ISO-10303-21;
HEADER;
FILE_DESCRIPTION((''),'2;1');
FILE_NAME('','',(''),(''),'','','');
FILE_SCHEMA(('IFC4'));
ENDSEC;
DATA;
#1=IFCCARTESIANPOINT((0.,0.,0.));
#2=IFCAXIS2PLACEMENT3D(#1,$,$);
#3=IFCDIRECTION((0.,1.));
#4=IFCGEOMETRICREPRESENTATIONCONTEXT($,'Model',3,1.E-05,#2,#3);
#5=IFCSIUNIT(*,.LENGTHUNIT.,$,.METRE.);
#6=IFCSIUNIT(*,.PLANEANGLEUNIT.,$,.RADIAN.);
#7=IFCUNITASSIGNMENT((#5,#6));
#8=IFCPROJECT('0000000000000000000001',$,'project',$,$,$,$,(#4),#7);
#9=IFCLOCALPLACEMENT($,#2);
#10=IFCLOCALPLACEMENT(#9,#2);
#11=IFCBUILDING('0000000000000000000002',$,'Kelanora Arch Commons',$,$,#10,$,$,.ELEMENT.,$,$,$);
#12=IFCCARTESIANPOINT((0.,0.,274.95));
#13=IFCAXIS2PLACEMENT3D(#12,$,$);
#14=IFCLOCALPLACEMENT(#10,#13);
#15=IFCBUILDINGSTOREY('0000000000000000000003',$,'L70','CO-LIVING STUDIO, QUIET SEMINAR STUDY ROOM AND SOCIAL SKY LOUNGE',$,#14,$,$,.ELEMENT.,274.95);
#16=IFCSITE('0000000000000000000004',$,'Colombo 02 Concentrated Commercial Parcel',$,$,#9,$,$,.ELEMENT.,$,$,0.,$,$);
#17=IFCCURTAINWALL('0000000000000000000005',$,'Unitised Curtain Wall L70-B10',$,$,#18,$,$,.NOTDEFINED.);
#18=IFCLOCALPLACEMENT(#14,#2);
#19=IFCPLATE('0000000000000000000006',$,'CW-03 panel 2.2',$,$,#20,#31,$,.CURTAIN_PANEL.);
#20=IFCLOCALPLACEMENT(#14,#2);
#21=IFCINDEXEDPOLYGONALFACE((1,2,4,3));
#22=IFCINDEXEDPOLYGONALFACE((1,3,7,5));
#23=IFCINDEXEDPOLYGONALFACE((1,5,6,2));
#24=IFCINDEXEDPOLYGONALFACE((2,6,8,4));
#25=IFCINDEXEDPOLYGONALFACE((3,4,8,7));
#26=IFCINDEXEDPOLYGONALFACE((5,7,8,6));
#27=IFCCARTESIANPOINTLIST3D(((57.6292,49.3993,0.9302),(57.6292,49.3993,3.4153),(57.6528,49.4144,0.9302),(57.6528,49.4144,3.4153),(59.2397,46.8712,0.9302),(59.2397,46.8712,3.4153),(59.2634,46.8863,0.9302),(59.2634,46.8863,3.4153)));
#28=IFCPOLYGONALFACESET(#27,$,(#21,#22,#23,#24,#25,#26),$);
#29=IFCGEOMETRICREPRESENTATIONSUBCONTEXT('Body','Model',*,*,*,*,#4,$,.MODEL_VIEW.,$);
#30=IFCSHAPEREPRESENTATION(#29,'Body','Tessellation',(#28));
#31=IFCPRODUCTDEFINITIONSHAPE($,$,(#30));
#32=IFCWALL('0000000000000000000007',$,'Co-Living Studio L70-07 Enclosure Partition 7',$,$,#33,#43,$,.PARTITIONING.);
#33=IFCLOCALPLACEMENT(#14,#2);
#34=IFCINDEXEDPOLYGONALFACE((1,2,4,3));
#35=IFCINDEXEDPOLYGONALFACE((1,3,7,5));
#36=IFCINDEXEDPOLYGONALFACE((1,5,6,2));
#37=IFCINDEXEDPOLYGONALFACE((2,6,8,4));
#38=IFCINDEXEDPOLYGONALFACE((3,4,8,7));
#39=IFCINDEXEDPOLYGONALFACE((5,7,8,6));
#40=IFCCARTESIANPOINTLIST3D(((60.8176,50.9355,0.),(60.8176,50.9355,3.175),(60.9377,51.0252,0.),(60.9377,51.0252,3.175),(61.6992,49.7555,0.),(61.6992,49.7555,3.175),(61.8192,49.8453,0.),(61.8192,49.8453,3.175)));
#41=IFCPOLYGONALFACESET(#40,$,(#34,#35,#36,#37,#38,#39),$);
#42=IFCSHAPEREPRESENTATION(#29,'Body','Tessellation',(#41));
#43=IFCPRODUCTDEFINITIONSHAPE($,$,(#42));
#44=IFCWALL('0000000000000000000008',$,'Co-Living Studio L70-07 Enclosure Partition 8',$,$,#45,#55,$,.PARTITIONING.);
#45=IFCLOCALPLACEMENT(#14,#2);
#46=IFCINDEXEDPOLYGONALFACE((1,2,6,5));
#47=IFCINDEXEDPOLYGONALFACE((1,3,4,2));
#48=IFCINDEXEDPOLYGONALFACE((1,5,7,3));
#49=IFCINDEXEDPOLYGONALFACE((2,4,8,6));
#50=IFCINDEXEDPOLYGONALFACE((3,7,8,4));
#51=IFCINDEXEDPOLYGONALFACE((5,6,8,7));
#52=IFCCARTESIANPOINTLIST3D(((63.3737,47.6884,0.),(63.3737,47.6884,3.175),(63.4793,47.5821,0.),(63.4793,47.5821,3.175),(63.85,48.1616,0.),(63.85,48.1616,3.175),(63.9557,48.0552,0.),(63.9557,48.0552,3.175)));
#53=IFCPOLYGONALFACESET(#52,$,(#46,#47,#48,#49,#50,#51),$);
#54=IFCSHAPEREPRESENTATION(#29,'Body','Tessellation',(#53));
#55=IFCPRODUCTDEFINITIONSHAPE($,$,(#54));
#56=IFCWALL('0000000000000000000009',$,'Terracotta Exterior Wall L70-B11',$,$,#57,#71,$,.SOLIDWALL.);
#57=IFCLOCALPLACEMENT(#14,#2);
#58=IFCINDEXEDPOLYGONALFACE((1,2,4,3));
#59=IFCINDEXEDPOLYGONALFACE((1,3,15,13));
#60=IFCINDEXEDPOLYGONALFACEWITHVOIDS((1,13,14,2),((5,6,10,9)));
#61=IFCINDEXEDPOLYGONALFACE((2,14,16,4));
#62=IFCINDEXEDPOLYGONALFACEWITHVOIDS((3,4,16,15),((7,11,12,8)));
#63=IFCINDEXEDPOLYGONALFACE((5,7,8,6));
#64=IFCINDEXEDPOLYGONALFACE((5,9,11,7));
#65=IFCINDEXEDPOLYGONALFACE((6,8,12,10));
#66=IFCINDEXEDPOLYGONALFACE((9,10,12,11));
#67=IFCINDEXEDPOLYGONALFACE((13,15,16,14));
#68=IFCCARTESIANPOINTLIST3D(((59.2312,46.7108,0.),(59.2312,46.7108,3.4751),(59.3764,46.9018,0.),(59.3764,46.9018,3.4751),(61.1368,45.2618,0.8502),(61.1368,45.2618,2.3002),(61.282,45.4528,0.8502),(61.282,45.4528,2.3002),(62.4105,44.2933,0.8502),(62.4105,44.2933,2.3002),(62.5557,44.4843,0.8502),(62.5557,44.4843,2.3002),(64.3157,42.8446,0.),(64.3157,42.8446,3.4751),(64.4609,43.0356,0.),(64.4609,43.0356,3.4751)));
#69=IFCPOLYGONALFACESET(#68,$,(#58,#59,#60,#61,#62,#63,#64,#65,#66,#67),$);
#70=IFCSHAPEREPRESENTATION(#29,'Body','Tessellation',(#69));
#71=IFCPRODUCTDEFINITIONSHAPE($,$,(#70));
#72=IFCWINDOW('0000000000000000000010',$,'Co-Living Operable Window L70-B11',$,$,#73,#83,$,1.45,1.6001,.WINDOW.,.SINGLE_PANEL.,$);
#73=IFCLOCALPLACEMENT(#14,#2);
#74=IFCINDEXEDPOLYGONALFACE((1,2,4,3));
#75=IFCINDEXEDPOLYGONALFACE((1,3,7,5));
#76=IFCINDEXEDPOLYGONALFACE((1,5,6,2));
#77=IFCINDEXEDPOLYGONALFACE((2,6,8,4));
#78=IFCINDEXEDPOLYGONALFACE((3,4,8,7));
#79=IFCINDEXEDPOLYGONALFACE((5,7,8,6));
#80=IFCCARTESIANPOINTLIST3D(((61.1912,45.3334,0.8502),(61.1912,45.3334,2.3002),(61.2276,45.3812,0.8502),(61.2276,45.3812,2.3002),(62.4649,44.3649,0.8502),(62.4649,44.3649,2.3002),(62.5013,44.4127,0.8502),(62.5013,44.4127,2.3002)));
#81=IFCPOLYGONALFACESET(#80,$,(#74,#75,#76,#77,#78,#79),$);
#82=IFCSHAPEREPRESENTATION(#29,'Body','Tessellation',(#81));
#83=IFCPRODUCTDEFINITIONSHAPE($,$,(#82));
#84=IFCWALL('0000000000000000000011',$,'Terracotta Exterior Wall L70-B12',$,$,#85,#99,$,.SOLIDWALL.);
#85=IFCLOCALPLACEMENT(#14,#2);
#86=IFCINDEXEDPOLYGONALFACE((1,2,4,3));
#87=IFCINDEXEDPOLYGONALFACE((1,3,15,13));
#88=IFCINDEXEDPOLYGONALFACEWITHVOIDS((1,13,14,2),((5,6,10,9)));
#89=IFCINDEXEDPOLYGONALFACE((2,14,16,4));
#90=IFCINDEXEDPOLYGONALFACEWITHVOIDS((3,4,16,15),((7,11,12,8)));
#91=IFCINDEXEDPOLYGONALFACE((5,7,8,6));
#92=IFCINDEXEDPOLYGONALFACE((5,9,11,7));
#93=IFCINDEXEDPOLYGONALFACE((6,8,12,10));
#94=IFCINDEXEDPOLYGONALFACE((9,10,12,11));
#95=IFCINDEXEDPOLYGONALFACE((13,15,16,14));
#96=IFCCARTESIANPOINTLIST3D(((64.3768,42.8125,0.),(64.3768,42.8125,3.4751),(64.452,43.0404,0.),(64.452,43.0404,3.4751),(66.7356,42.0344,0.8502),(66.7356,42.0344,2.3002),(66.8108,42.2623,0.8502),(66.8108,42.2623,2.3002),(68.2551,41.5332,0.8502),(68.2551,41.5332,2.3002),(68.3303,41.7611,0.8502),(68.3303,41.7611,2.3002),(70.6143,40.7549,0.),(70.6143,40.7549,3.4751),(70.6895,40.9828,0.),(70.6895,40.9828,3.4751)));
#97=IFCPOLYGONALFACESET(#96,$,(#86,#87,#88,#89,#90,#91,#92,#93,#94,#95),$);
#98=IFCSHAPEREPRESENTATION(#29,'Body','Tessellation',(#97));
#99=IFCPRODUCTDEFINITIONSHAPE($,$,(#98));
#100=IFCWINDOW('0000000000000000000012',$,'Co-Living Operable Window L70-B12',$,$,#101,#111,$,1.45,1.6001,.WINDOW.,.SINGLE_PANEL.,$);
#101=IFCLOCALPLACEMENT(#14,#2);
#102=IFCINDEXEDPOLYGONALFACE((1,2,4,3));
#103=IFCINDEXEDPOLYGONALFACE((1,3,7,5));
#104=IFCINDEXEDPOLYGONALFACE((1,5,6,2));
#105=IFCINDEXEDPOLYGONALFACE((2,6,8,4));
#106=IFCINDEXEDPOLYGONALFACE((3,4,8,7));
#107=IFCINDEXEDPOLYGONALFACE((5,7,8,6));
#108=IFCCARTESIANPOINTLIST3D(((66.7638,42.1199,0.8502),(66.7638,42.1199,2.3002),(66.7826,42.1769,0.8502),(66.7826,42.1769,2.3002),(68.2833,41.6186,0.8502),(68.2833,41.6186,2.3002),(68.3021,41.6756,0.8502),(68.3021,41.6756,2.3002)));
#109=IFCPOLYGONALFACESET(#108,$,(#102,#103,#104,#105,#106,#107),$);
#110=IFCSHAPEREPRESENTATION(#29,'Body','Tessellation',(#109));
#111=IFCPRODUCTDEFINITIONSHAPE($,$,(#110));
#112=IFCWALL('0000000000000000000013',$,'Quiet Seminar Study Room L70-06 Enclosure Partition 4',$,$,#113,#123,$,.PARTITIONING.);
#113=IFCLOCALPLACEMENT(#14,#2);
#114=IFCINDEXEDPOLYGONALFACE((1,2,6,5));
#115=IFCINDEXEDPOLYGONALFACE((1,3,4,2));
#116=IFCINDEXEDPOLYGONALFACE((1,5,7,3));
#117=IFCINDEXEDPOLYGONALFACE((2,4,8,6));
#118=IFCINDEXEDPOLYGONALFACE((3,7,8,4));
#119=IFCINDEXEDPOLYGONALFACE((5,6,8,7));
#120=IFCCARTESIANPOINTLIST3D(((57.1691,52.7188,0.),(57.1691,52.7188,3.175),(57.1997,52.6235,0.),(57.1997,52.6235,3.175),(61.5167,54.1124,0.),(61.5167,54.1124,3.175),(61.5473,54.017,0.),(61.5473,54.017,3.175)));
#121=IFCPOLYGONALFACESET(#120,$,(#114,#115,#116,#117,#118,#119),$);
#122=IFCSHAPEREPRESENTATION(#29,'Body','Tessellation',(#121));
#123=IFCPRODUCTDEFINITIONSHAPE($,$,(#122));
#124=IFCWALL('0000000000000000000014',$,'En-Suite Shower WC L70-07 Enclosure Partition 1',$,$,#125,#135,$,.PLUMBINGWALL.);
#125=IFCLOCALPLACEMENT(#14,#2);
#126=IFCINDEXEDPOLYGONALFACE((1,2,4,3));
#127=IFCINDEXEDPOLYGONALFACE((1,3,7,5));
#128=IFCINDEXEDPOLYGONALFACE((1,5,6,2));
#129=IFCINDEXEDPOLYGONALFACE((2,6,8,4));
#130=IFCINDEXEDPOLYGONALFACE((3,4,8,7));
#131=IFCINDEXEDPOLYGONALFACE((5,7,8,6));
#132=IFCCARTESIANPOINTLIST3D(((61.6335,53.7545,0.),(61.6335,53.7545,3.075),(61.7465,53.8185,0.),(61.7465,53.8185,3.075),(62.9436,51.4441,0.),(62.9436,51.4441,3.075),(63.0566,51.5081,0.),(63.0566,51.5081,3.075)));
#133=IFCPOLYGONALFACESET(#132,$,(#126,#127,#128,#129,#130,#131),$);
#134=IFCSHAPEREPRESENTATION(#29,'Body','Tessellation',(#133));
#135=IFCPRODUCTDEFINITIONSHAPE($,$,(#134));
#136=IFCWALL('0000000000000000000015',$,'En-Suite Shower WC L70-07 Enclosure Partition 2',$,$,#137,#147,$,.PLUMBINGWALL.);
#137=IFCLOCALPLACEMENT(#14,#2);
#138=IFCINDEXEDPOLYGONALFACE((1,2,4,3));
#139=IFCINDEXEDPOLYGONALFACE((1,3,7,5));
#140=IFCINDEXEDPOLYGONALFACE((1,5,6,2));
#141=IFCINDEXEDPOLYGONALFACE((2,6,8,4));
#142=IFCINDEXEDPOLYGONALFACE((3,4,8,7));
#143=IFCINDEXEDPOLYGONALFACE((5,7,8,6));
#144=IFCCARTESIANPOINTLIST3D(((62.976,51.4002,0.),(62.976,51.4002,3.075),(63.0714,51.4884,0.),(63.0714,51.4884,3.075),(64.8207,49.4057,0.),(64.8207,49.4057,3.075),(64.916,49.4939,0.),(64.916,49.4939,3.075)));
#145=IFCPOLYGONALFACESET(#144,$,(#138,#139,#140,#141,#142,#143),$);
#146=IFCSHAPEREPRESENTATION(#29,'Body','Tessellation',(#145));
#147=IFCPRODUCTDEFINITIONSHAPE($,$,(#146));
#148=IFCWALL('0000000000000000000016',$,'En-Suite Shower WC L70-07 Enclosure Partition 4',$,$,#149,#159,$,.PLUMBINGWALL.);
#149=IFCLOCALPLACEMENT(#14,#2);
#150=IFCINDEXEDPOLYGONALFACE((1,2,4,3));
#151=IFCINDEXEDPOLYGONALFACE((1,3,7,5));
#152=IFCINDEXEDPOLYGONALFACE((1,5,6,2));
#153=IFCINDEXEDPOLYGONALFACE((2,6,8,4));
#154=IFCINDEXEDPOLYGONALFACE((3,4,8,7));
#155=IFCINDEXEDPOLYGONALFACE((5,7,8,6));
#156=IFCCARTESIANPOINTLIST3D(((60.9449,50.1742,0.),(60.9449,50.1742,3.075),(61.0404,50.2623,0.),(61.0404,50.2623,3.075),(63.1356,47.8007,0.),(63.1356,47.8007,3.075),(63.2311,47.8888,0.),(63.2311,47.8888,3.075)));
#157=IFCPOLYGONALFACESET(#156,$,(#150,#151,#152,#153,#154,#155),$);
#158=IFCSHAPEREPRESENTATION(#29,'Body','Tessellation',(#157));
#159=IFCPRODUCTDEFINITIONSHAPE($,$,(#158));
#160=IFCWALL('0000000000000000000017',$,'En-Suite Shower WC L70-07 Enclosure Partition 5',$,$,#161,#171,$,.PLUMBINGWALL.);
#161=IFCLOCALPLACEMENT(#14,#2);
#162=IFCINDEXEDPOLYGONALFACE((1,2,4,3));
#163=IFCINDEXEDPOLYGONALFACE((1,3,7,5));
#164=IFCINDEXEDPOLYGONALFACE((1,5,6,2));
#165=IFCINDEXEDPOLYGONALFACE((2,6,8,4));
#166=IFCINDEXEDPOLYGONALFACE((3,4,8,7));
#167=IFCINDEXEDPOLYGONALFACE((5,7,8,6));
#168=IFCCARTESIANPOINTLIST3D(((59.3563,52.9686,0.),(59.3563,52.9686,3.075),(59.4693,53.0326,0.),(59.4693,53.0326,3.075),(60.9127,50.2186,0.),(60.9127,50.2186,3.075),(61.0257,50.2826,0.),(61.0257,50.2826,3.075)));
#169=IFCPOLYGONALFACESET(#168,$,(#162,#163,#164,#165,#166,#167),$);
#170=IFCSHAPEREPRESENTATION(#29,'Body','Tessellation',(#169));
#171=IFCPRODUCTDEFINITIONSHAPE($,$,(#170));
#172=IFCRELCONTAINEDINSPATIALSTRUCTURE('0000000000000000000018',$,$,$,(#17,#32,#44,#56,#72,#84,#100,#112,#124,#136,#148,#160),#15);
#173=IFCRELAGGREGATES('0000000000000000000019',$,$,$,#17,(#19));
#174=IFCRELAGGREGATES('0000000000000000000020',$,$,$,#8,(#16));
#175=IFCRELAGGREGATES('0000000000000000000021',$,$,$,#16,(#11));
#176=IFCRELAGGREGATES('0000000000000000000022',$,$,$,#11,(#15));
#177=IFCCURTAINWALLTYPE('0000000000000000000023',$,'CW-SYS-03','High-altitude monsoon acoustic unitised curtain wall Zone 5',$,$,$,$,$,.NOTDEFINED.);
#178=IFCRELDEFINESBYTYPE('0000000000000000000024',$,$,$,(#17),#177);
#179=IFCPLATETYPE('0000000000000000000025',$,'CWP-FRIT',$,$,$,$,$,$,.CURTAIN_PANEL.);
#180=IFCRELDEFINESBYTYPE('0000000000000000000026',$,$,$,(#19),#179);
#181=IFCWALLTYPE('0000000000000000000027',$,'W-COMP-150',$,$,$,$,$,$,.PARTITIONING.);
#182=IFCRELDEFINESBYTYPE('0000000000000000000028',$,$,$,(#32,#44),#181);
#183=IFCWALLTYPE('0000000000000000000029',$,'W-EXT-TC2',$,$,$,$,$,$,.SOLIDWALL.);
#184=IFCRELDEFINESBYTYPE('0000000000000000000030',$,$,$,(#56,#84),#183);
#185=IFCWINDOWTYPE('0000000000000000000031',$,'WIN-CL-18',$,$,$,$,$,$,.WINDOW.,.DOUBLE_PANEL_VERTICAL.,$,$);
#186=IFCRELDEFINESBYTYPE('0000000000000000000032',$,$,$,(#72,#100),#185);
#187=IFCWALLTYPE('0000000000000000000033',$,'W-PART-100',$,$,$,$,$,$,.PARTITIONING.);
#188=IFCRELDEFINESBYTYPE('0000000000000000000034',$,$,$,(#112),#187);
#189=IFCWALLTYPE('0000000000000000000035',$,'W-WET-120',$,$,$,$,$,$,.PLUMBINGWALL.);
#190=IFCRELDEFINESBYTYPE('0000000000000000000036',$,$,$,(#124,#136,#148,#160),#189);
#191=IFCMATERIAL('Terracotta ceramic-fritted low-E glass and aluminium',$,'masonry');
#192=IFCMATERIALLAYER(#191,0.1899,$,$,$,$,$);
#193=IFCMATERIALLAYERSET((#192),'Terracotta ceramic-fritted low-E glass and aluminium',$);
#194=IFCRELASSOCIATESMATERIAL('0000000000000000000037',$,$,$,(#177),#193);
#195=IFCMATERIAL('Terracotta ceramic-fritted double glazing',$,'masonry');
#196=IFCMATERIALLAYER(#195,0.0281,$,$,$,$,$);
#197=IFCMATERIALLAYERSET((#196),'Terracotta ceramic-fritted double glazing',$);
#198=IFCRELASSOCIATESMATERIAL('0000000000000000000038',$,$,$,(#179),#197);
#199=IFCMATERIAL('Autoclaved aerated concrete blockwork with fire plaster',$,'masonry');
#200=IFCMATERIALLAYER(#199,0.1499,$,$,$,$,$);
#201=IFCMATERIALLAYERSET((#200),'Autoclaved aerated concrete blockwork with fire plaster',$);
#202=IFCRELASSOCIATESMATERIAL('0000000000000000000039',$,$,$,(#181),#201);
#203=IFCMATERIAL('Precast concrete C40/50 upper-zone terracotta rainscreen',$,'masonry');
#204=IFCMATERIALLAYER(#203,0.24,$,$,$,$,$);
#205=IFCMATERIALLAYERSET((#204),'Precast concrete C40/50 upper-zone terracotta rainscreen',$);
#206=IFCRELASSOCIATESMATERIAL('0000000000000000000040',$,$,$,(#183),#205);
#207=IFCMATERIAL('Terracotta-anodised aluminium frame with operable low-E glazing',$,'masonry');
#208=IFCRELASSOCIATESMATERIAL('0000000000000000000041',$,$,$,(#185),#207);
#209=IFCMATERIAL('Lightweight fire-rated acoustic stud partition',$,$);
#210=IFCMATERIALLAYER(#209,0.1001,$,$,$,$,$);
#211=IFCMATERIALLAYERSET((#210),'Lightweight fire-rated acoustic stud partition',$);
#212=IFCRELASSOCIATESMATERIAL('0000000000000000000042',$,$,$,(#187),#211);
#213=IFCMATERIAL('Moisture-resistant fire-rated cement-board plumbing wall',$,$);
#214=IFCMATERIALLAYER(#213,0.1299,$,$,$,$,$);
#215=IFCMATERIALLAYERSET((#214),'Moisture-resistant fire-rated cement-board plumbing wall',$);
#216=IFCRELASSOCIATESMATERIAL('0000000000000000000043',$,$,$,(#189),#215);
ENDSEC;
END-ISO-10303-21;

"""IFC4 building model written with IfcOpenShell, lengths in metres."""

from ifc_helpers import new_model, si_unit, direction, frame, frame_2d, origin, origin_2d, place, context, subcontext, project, spatial, rectangle, extrude, source, transform, mapped, material, layer, layer_set, type_object, element, fill, aggregate, save


model = new_model("IFC4")

# Units and contexts
model_context = context("Model", 3, precision=1e-05, world=origin(), true_north=direction((0.0, 1.0)))
body_context = subcontext(model_context, "Body", "Model", "MODEL_VIEW")
ifc_project = project(units=[si_unit("LENGTHUNIT", "METRE"), si_unit("PLANEANGLEUNIT", "RADIAN")], contexts=[model_context])

# Site, building, storey
site_placement = place(None, origin())
site = spatial("IfcSite", under=ifc_project, at=site_placement, Name="Colombo 02 Concentrated Commercial Parcel", CompositionType="ELEMENT", RefElevation=0.0)
building_placement = place(site_placement, origin())
building = spatial("IfcBuilding", under=site, at=building_placement, Name="Kelanora Arch Commons", CompositionType="ELEMENT")
storey_placement = place(building_placement, frame((0.0, 0.0, 274.95)))
storey = spatial("IfcBuildingStorey", under=building, at=storey_placement, Name="L70", Description="CO-LIVING STUDIO, QUIET SEMINAR STUDY ROOM AND SOCIAL SKY LOUNGE", CompositionType="ELEMENT", Elevation=274.95)

# Curtain wall, plate
ifc_material_1 = material(Name="Terracotta ceramic-fritted low-E glass and aluminium", Category="masonry")
ifc_layer_1 = layer(ifc_material_1, 0.1899)
ifc_layer_set_1 = layer_set([ifc_layer_1], Name="Terracotta ceramic-fritted low-E glass and aluminium")
curtain_wall_type = type_object("IfcCurtainWallType", Name="CW-SYS-03", Description="High-altitude monsoon acoustic unitised curtain wall Zone 5", PredefinedType="NOTDEFINED", material=ifc_layer_set_1)
curtain_wall_placement = place(storey_placement, origin())
curtain_wall = element("IfcCurtainWall", 1, at=curtain_wall_placement, inside=storey, type_object=curtain_wall_type, Name="Unitised Curtain Wall L70-B10", PredefinedType="NOTDEFINED")
ifc_material_2 = material(Name="Terracotta ceramic-fritted double glazing", Category="masonry")
ifc_layer_2 = layer(ifc_material_2, 0.0281)
ifc_layer_set_2 = layer_set([ifc_layer_2], Name="Terracotta ceramic-fritted double glazing")
plate_type = type_object("IfcPlateType", Name="CWP-FRIT", PredefinedType="CURTAIN_PANEL", material=ifc_layer_set_2)
shared_shape_1 = source(origin(), body_context, "Body", "SweptSolid", [
    extrude(rectangle(XDim=2.9976, YDim=0.0281, at=origin_2d()), origin(), (0.0, 0.0, 1.0), 2.4851),
])
plate_1_placement = place(storey_placement, frame((58.4463, 48.1428, 0.9302), z_axis=(0.0, 0.0, 1.0), x_axis=(0.5373, -0.843391, 0.0)))
plate_1 = element("IfcPlate", 2, at=plate_1_placement, type_object=plate_type, Name="CW-03 panel 2.2", PredefinedType="CURTAIN_PANEL", context=body_context, shape_type="MappedRepresentation", body=[
    mapped(shared_shape_1, transform((0.0, 0.0, 0.0), scale=1.0)),
])
aggregate(curtain_wall, [plate_1])

# Walls
ifc_material_3 = material(Name="Autoclaved aerated concrete blockwork with fire plaster", Category="masonry")
ifc_layer_3 = layer(ifc_material_3, 0.1499)
ifc_layer_set_3 = layer_set([ifc_layer_3], Name="Autoclaved aerated concrete blockwork with fire plaster")
wall_type_1 = type_object("IfcWallType", Name="W-COMP-150", PredefinedType="PARTITIONING", material=ifc_layer_set_3)
wall_1_placement = place(storey_placement, frame((60.8777, 50.9802, 0.0), z_axis=(0.0, 0.0, 1.0), x_axis=(0.59854, -0.801093, 0.0)))
element("IfcWall", 3, at=wall_1_placement, inside=storey, type_object=wall_type_1, Name="Co-Living Studio L70-07 Enclosure Partition 7", PredefinedType="PARTITIONING", context=body_context, shape_type="SweptSolid", body=[
    extrude(rectangle(XDim=1.4729, YDim=0.1499, at=frame_2d((0.7363, 0.0))), origin(), (0.0, 0.0, 1.0), 3.175),
])
wall_2_placement = place(storey_placement, frame((63.4265, 47.6353, 0.0), z_axis=(0.0, 0.0, 1.0), x_axis=(0.709467, 0.704739, 0.0)))
element("IfcWall", 4, at=wall_2_placement, inside=storey, type_object=wall_type_1, Name="Co-Living Studio L70-07 Enclosure Partition 8", PredefinedType="PARTITIONING", context=body_context, shape_type="SweptSolid", body=[
    extrude(rectangle(XDim=0.6714, YDim=0.1499, at=frame_2d((0.3357, 0.0))), origin(), (0.0, 0.0, 1.0), 3.175),
])

# Walls, openings, windows
ifc_material_4 = material(Name="Precast concrete C40/50 upper-zone terracotta rainscreen", Category="masonry")
ifc_layer_4 = layer(ifc_material_4, 0.24)
ifc_layer_set_4 = layer_set([ifc_layer_4], Name="Precast concrete C40/50 upper-zone terracotta rainscreen")
wall_type_2 = type_object("IfcWallType", Name="W-EXT-TC2", PredefinedType="SOLIDWALL", material=ifc_layer_set_4)
wall_3_placement = place(storey_placement, frame((59.3037, 46.8064, 0.0), z_axis=(0.0, 0.0, 1.0), x_axis=(0.79601, -0.605283, 0.0)))
wall_3 = element("IfcWall", 5, at=wall_3_placement, inside=storey, type_object=wall_type_2, Name="Terracotta Exterior Wall L70-B11", PredefinedType="SOLIDWALL", context=body_context, shape_type="SweptSolid", body=[
    extrude(rectangle(XDim=6.3875, YDim=0.24, at=frame_2d((3.1938, 0.0))), origin(), (0.0, 0.0, 1.0), 3.4751),
])
opening_1_placement = place(wall_3_placement, frame((2.394, 0.0, 0.8501)))
opening_1 = element("IfcOpeningElement", 6, at=opening_1_placement, cuts=wall_3, PredefinedType="OPENING", context=body_context, shape_type="SweptSolid", body=[
    extrude(rectangle(XDim=1.6001, YDim=1.45, at=frame_2d((0.8, 0.7251))), frame((0.0, 0.1299, 0.0), z_axis=(0.0, -1.0, 0.0), x_axis=(1.0, 0.0, 0.0)), (0.0, 0.0, 1.0), 0.26),
])
ifc_material_5 = material(Name="Terracotta-anodised aluminium frame with operable low-E glazing", Category="masonry")
window_type = type_object("IfcWindowType", Name="WIN-CL-18", PartitioningType="DOUBLE_PANEL_VERTICAL", PredefinedType="WINDOW", material=ifc_material_5)
window_1_placement = place(opening_1_placement, origin())
window_1 = element("IfcWindow", 7, at=window_1_placement, inside=storey, type_object=window_type, Name="Co-Living Operable Window L70-B11", OverallHeight=1.45, OverallWidth=1.6001, PartitioningType="SINGLE_PANEL", PredefinedType="WINDOW", context=body_context, shape_type="SweptSolid", body=[
    extrude(rectangle(XDim=1.6001, YDim=1.45, at=frame_2d((0.8, 0.7251))), frame((0.0, 0.03, 0.0), z_axis=(0.0, -1.0, 0.0), x_axis=(1.0, 0.0, 0.0)), (0.0, 0.0, 1.0), 0.0601),
])
fill(opening_1, window_1)
wall_4_placement = place(storey_placement, frame((64.4143, 42.9265, 0.0), z_axis=(0.0, 0.0, 1.0), x_axis=(0.949664, -0.313271, 0.0)))
wall_4 = element("IfcWall", 8, at=wall_4_placement, inside=storey, type_object=wall_type_2, Name="Terracotta Exterior Wall L70-B12", PredefinedType="SOLIDWALL", context=body_context, shape_type="SweptSolid", body=[
    extrude(rectangle(XDim=6.5681, YDim=0.24, at=frame_2d((3.2842, 0.0))), origin(), (0.0, 0.0, 1.0), 3.4751),
])
opening_2_placement = place(wall_4_placement, frame((2.4839, 0.0, 0.8501)))
opening_2 = element("IfcOpeningElement", 9, at=opening_2_placement, cuts=wall_4, PredefinedType="OPENING", context=body_context, shape_type="SweptSolid", body=[
    extrude(rectangle(XDim=1.6001, YDim=1.45, at=frame_2d((0.8, 0.7251))), frame((0.0, 0.1299, 0.0), z_axis=(0.0, -1.0, 0.0), x_axis=(1.0, 0.0, 0.0)), (0.0, 0.0, 1.0), 0.26),
])
window_2_placement = place(opening_2_placement, origin())
window_2 = element("IfcWindow", 10, at=window_2_placement, inside=storey, type_object=window_type, Name="Co-Living Operable Window L70-B12", OverallHeight=1.45, OverallWidth=1.6001, PartitioningType="SINGLE_PANEL", PredefinedType="WINDOW", context=body_context, shape_type="SweptSolid", body=[
    extrude(rectangle(XDim=1.6001, YDim=1.45, at=frame_2d((0.8, 0.7251))), frame((0.0, 0.03, 0.0), z_axis=(0.0, -1.0, 0.0), x_axis=(1.0, 0.0, 0.0)), (0.0, 0.0, 1.0), 0.0601),
])
fill(opening_2, window_2)

# Walls
ifc_material_6 = material(Name="Lightweight fire-rated acoustic stud partition")
ifc_layer_5 = layer(ifc_material_6, 0.1001)
ifc_layer_set_5 = layer_set([ifc_layer_5], Name="Lightweight fire-rated acoustic stud partition")
wall_type_3 = type_object("IfcWallType", Name="W-PART-100", PredefinedType="PARTITIONING", material=ifc_layer_set_5)
wall_5_placement = place(storey_placement, frame((61.532, 54.0647, 0.0), z_axis=(0.0, 0.0, 1.0), x_axis=(-0.952278, -0.305234, 0.0)))
element("IfcWall", 11, at=wall_5_placement, inside=storey, type_object=wall_type_3, Name="Quiet Seminar Study Room L70-06 Enclosure Partition 4", PredefinedType="PARTITIONING", context=body_context, shape_type="SweptSolid", body=[
    extrude(rectangle(XDim=4.5654, YDim=0.1001, at=frame_2d((2.2827, 0.0))), origin(), (0.0, 0.0, 1.0), 3.175),
])
ifc_material_7 = material(Name="Moisture-resistant fire-rated cement-board plumbing wall")
ifc_layer_6 = layer(ifc_material_7, 0.1299)
ifc_layer_set_6 = layer_set([ifc_layer_6], Name="Moisture-resistant fire-rated cement-board plumbing wall")
wall_type_4 = type_object("IfcWallType", Name="W-WET-120", PredefinedType="PLUMBINGWALL", material=ifc_layer_set_6)
wall_6_placement = place(storey_placement, frame((61.6899, 53.7866, 0.0), z_axis=(0.0, 0.0, 1.0), x_axis=(0.493265, -0.869879, 0.0)))
element("IfcWall", 12, at=wall_6_placement, inside=storey, type_object=wall_type_4, Name="En-Suite Shower WC L70-07 Enclosure Partition 1", PredefinedType="PLUMBINGWALL", context=body_context, shape_type="SweptSolid", body=[
    extrude(rectangle(XDim=2.656, YDim=0.1299, at=frame_2d((1.3281, 0.0))), origin(), (0.0, 0.0, 1.0), 3.075),
])
wall_7_placement = place(storey_placement, frame((63.0237, 51.4443, 0.0), z_axis=(0.0, 0.0, 1.0), x_axis=(0.678981, -0.734155, 0.0)))
element("IfcWall", 13, at=wall_7_placement, inside=storey, type_object=wall_type_4, Name="En-Suite Shower WC L70-07 Enclosure Partition 2", PredefinedType="PLUMBINGWALL", context=body_context, shape_type="SweptSolid", body=[
    extrude(rectangle(XDim=2.7168, YDim=0.1299, at=frame_2d((1.3584, 0.0))), origin(), (0.0, 0.0, 1.0), 3.075),
])
wall_8_placement = place(storey_placement, frame((63.1833, 47.8447, 0.0), z_axis=(0.0, 0.0, 1.0), x_axis=(-0.678233, 0.734847, 0.0)))
element("IfcWall", 14, at=wall_8_placement, inside=storey, type_object=wall_type_4, Name="En-Suite Shower WC L70-07 Enclosure Partition 4", PredefinedType="PLUMBINGWALL", context=body_context, shape_type="SweptSolid", body=[
    extrude(rectangle(XDim=3.23, YDim=0.1299, at=frame_2d((1.615, 0.0))), origin(), (0.0, 0.0, 1.0), 3.075),
])
wall_9_placement = place(storey_placement, frame((60.9692, 50.2505, 0.0), z_axis=(0.0, 0.0, 1.0), x_axis=(-0.492549, 0.870285, 0.0)))
element("IfcWall", 15, at=wall_9_placement, inside=storey, type_object=wall_type_4, Name="En-Suite Shower WC L70-07 Enclosure Partition 5", PredefinedType="PLUMBINGWALL", context=body_context, shape_type="SweptSolid", body=[
    extrude(rectangle(XDim=3.1599, YDim=0.1299, at=frame_2d((1.5801, 0.0))), origin(), (0.0, 0.0, 1.0), 3.075),
])

save(model, "model.ifc")
